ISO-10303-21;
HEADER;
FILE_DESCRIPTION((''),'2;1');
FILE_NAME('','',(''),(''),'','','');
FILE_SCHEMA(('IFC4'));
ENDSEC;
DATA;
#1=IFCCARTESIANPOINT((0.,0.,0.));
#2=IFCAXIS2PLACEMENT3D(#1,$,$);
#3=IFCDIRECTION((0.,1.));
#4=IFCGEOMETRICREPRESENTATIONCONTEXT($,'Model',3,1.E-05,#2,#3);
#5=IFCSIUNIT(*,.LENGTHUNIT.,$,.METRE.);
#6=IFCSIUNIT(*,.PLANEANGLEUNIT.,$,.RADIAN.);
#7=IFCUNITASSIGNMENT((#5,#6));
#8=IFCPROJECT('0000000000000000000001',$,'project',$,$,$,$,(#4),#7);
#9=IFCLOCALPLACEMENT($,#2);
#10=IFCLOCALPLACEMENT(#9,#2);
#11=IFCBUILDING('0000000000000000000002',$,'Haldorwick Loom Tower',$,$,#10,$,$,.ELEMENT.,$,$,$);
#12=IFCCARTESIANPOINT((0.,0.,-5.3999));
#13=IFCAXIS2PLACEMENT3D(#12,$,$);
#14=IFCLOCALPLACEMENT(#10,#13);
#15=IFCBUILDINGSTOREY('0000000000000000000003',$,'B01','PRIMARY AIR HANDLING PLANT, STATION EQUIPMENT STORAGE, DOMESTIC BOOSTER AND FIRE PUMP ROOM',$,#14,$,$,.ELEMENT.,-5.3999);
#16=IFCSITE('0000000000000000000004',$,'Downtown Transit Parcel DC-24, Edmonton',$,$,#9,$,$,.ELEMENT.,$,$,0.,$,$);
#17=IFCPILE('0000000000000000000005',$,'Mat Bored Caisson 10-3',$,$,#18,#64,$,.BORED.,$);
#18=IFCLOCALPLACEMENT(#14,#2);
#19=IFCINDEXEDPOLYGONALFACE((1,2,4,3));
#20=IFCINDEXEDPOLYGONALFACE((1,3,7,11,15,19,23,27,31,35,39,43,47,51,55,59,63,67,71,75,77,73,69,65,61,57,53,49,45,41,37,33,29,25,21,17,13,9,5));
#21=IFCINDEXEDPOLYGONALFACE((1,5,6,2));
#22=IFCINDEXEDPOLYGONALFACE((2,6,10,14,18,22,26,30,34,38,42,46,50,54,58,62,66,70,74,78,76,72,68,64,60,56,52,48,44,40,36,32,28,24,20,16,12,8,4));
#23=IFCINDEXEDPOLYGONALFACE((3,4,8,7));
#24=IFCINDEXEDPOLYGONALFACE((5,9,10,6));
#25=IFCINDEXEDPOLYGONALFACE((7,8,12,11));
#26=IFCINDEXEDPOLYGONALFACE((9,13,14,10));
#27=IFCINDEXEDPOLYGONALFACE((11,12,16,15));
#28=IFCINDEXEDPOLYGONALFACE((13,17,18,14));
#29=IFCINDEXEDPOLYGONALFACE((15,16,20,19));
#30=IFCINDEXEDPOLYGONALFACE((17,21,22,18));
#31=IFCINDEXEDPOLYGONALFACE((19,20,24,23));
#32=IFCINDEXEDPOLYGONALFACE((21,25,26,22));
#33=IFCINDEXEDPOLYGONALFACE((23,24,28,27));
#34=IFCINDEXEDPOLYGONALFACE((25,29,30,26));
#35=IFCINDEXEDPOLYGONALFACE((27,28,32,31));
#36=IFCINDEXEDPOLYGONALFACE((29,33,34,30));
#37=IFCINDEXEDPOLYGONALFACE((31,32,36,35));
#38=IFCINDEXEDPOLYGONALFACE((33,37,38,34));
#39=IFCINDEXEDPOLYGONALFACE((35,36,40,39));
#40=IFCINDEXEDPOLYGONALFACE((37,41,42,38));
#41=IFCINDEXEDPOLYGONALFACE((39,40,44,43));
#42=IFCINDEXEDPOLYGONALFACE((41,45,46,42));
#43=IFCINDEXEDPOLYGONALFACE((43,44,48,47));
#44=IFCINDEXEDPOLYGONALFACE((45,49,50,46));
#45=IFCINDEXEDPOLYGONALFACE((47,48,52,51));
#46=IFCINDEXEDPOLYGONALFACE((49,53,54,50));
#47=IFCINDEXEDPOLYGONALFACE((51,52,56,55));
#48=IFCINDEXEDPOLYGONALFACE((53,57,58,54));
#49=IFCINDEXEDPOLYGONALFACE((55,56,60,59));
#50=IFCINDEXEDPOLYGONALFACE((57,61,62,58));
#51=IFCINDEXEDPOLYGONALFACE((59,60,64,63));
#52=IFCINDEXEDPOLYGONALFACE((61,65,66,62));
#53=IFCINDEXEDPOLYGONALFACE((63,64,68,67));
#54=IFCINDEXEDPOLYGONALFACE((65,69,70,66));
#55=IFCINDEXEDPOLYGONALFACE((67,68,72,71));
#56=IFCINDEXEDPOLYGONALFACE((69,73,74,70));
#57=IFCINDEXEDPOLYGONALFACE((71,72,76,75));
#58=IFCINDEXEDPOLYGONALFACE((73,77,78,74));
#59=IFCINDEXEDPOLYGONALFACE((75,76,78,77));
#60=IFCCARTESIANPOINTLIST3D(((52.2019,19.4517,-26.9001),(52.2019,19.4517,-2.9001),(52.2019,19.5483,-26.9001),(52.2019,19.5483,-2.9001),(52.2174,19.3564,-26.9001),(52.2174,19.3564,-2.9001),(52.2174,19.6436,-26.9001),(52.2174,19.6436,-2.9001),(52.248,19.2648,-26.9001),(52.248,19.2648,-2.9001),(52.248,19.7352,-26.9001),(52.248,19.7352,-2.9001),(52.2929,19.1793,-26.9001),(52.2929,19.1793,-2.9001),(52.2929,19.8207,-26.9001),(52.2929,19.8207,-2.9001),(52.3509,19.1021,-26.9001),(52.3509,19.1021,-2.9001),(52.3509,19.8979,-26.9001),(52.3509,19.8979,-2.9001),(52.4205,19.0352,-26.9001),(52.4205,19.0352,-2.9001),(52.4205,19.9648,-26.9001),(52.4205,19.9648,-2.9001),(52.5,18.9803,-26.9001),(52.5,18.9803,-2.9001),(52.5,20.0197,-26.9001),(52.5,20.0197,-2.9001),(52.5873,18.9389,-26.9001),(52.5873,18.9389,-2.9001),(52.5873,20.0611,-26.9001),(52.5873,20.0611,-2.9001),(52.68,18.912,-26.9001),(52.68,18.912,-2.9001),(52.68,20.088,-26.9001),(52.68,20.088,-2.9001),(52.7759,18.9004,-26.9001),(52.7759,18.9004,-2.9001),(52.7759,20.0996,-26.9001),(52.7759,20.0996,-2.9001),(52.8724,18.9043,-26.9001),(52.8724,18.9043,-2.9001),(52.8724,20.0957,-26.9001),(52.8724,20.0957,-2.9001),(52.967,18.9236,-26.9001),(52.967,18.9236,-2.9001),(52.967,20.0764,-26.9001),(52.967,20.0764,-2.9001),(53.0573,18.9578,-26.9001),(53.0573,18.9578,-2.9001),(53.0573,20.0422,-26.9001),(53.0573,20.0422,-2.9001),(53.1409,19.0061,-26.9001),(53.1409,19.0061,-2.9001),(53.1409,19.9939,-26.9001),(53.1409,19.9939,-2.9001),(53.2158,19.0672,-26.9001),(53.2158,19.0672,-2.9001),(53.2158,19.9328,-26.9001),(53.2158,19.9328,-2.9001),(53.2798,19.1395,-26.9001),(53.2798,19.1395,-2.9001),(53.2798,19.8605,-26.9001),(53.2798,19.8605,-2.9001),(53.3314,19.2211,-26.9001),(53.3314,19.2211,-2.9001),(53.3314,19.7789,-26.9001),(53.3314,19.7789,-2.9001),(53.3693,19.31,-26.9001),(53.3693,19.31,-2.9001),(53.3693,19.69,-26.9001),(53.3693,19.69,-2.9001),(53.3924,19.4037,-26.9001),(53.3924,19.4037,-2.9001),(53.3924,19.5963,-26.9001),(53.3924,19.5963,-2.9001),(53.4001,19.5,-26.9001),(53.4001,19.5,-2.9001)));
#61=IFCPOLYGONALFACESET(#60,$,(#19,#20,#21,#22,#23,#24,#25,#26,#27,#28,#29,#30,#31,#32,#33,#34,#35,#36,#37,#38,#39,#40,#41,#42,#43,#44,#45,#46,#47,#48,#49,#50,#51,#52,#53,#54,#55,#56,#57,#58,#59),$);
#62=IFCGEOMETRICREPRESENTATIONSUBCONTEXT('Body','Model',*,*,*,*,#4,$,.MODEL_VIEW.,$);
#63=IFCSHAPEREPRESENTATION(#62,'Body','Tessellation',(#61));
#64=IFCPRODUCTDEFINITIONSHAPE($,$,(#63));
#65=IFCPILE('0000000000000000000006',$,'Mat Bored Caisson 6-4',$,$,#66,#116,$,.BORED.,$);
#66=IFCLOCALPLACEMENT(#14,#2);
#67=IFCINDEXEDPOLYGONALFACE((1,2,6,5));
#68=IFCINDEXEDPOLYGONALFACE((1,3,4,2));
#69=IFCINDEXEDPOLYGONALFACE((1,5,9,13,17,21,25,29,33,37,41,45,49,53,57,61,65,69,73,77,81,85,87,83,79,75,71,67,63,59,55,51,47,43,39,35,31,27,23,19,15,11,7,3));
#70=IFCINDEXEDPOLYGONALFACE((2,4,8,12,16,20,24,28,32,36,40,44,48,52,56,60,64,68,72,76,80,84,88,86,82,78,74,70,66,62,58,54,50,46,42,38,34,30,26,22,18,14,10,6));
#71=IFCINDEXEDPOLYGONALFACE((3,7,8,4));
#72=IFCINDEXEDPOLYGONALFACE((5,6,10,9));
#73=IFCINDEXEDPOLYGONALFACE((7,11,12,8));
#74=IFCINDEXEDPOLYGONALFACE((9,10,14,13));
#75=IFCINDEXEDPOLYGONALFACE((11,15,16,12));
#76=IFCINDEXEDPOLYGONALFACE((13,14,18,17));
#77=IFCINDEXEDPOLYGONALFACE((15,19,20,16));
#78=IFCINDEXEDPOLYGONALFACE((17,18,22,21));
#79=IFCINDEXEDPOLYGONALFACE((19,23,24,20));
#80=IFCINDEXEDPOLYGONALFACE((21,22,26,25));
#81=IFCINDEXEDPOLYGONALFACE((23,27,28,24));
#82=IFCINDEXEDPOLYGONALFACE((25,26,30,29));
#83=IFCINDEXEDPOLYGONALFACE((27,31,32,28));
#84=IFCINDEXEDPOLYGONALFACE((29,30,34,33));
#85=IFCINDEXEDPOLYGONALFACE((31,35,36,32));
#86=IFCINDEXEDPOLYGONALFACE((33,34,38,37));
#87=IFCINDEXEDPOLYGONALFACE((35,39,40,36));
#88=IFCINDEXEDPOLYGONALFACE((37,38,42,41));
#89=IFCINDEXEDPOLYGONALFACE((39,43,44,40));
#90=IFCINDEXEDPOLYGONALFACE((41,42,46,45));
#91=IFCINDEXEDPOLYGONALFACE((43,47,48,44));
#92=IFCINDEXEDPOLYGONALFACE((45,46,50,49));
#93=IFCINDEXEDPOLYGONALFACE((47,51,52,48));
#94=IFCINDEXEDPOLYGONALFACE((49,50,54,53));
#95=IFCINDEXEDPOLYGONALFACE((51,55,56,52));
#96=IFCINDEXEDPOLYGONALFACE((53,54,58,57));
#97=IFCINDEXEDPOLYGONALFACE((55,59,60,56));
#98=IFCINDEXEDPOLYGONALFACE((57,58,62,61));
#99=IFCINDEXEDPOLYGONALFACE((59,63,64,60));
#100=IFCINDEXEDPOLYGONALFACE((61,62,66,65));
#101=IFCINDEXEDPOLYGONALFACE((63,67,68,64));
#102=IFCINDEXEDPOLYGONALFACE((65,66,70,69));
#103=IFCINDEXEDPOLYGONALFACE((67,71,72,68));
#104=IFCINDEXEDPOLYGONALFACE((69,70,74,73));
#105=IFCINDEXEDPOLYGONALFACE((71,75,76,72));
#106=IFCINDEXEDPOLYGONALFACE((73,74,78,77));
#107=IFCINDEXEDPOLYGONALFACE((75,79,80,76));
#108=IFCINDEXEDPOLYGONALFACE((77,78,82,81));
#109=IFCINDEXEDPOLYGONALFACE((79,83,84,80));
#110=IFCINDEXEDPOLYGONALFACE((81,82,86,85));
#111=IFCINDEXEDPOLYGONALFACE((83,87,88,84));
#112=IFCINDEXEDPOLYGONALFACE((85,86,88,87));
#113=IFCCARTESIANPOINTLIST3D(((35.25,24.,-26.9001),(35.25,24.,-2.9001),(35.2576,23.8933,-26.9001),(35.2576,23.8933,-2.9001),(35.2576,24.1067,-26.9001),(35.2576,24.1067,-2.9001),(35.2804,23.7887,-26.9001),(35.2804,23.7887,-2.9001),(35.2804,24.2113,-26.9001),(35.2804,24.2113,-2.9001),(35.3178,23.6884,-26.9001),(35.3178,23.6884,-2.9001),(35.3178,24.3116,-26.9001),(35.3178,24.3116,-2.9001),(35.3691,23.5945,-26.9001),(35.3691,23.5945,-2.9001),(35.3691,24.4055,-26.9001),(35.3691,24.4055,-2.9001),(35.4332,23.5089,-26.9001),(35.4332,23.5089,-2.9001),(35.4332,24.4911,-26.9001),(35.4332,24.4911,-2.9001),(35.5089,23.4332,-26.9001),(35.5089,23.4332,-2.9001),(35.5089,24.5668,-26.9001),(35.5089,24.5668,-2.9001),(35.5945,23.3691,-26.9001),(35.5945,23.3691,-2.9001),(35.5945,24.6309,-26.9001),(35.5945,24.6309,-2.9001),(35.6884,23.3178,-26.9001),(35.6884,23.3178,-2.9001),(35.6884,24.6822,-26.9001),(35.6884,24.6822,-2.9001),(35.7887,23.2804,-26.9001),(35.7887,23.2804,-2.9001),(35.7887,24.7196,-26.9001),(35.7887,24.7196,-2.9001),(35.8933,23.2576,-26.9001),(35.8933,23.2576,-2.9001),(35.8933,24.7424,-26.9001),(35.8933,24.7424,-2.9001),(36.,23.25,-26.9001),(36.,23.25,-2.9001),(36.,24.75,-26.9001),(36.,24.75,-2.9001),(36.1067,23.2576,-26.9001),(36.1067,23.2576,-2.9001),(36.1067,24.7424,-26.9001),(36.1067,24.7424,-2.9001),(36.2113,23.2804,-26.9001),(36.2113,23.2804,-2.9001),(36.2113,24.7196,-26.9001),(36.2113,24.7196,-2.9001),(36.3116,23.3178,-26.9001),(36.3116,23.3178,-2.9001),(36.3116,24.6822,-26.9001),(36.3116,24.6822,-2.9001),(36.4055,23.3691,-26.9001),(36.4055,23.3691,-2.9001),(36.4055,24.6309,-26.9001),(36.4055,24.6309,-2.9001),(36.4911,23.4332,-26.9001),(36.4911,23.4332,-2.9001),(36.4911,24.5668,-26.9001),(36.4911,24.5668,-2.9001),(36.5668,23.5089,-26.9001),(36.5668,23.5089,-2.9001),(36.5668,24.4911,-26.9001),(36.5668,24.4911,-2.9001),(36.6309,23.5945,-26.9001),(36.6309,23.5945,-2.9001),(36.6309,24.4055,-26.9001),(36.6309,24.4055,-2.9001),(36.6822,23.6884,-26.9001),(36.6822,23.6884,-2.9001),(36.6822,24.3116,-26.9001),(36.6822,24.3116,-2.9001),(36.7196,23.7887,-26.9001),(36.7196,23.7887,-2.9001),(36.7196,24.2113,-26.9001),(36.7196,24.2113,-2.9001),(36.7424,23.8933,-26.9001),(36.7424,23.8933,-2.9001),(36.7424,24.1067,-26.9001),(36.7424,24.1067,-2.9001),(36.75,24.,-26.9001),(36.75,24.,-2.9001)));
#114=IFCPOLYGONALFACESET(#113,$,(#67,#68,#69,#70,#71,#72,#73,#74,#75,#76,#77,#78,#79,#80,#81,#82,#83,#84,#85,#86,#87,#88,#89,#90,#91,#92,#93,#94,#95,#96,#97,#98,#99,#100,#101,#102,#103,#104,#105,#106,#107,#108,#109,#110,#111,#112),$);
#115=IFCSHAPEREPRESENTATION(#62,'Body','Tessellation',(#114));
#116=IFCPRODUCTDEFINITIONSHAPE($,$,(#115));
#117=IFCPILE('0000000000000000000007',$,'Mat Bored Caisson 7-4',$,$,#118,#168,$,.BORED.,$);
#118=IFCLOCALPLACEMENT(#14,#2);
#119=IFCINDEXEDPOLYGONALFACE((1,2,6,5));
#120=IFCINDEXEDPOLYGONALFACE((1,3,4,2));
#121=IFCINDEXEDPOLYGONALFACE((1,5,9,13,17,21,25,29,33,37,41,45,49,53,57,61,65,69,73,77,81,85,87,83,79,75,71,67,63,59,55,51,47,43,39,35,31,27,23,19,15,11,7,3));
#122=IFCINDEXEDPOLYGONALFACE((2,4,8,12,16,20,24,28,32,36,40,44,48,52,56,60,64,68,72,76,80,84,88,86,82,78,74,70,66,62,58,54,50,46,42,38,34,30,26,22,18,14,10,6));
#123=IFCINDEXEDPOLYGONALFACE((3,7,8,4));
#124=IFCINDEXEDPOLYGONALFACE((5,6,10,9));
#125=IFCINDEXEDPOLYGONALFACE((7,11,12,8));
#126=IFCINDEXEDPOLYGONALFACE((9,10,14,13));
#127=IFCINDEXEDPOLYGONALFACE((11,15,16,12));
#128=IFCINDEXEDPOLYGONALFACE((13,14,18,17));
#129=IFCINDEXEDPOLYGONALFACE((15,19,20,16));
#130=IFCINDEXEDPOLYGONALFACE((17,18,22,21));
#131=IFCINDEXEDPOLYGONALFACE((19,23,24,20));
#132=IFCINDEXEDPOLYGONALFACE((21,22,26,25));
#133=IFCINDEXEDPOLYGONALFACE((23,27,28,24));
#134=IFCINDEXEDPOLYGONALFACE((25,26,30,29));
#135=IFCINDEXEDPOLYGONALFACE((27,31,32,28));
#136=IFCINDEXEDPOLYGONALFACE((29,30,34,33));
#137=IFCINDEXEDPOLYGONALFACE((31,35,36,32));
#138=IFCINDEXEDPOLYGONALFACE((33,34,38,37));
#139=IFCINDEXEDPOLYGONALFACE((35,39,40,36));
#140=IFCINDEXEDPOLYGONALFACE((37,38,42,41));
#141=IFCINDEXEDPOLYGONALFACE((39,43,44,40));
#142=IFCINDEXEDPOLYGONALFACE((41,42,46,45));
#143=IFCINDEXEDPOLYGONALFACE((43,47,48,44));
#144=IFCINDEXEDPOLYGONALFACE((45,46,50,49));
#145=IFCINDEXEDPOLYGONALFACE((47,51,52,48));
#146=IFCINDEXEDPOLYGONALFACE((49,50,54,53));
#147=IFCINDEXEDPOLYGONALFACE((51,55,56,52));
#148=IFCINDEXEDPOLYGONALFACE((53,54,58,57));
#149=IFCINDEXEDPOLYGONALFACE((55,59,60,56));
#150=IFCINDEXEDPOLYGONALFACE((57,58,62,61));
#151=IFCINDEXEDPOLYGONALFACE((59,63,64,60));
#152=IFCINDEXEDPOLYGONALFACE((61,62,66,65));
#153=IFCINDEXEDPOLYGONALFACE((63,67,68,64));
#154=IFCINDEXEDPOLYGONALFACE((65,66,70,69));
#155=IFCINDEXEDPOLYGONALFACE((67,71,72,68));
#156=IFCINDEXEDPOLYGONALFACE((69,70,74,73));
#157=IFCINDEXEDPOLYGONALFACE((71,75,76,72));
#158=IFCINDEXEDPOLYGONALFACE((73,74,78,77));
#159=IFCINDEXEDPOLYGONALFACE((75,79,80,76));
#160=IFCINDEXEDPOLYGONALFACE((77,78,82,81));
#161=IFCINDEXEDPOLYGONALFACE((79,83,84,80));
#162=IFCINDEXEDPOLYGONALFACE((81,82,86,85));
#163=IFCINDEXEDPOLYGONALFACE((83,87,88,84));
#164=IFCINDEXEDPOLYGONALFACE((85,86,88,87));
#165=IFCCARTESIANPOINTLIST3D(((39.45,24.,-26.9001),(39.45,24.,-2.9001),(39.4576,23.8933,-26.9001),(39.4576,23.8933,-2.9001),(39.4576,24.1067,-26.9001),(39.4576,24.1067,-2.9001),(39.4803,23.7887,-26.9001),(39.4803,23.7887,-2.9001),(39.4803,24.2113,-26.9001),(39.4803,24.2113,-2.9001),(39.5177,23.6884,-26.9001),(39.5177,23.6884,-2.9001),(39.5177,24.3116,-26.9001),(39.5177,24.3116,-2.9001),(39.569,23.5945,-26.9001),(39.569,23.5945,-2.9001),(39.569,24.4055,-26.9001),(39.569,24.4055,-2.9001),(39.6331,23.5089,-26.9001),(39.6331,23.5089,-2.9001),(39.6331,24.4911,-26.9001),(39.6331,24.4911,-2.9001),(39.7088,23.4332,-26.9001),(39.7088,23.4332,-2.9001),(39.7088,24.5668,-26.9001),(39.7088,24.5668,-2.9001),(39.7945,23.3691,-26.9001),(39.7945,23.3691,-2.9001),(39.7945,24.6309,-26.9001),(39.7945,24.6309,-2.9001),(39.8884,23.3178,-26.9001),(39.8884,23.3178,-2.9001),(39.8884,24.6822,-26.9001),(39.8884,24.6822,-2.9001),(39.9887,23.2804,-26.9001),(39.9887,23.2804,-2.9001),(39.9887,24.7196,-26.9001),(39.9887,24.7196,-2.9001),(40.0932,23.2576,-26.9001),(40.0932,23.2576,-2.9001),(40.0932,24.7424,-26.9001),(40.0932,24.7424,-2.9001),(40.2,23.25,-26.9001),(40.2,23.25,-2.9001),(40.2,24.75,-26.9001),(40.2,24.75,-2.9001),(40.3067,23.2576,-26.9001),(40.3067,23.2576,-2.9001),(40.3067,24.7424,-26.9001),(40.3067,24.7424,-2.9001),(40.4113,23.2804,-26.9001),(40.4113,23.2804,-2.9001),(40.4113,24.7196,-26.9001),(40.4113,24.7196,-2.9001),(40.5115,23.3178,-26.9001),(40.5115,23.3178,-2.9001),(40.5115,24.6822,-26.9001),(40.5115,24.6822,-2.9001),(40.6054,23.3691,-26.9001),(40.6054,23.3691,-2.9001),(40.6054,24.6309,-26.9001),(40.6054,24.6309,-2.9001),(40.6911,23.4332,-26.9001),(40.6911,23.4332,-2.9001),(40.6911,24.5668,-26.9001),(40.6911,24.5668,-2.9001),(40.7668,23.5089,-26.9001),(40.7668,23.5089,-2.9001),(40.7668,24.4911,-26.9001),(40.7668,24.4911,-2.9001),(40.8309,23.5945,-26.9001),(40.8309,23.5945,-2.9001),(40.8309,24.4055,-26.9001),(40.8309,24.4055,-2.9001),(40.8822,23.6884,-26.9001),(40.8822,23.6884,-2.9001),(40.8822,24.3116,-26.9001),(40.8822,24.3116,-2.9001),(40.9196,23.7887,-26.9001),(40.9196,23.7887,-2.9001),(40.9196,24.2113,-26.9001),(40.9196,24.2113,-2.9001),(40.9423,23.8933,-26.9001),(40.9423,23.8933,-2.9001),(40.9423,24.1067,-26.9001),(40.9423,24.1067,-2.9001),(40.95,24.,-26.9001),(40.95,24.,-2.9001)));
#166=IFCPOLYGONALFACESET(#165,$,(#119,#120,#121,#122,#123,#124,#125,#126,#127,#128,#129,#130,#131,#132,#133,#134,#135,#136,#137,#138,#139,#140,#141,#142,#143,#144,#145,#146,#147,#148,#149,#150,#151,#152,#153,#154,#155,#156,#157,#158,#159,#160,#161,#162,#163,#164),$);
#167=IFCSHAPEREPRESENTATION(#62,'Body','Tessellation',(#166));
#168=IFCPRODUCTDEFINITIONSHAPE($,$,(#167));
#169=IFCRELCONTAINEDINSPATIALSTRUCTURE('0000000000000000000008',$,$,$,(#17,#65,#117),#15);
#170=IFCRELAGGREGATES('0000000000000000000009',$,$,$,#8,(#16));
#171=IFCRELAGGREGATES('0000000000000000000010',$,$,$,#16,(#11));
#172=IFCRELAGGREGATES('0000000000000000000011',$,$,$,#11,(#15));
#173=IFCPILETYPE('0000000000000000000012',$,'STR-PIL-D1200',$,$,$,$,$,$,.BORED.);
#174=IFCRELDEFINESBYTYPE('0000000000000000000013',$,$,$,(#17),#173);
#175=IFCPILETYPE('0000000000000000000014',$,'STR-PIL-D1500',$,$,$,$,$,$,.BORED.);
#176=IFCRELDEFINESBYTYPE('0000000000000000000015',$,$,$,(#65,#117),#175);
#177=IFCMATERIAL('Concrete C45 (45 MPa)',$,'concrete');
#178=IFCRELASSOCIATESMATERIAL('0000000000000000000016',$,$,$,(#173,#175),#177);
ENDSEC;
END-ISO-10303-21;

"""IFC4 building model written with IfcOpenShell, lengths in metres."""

from ifc_helpers import new_model, si_unit, direction, frame, origin, origin_2d, place, context, subcontext, project, spatial, circle, extrude, material, material_profile, profile_set, type_object, element, save


model = new_model("IFC4")

# Units and contexts
model_context = context("Model", 3, precision=1e-05, world=origin(), true_north=direction((0.0, 1.0)))
body_context = subcontext(model_context, "Body", "Model", "MODEL_VIEW")
ifc_project = project(units=[si_unit("LENGTHUNIT", "METRE"), si_unit("PLANEANGLEUNIT", "RADIAN")], contexts=[model_context])

# Site, building, storey
site_placement = place(None, origin())
site = spatial("IfcSite", under=ifc_project, at=site_placement, Name="Downtown Transit Parcel DC-24, Edmonton", CompositionType="ELEMENT", RefElevation=0.0)
building_placement = place(site_placement, origin())
building = spatial("IfcBuilding", under=site, at=building_placement, Name="Haldorwick Loom Tower", CompositionType="ELEMENT")
storey_placement = place(building_placement, frame((0.0, 0.0, -5.3999)))
storey = spatial("IfcBuildingStorey", under=building, at=storey_placement, Name="B01", Description="PRIMARY AIR HANDLING PLANT, STATION EQUIPMENT STORAGE, DOMESTIC BOOSTER AND FIRE PUMP ROOM", CompositionType="ELEMENT", Elevation=-5.3999)

# Piles
ifc_material_1 = material(Name="Concrete C45 (45 MPa)", Category="concrete")
ifc_material_profile_1 = material_profile(ifc_material_1, circle(Radius=0.6001, at=origin_2d()), Name="CAISSON_D1200", Category="concrete")
ifc_profile_set_1 = profile_set([ifc_material_profile_1], Name="Concrete C45 (45 MPa)")
pile_type_1 = type_object("IfcPileType", Name="STR-PIL-D1200", PredefinedType="BORED", material=ifc_profile_set_1)
for number, where, z_axis, x_axis, name in (
    (1, (52.8, 19.5, -2.9001), (0.0, 0.0, -1.0), (1.0, 0.0, 0.0), "Mat Bored Caisson 10-3"),
):
    element("IfcPile", number, at=place(storey_placement, frame(where, z_axis=z_axis, x_axis=x_axis)), inside=storey, type_object=pile_type_1, Name=name, PredefinedType="BORED", context=body_context, shape_type="SweptSolid", body=[
        extrude(circle(Radius=0.6001, at=origin_2d()), origin(), (0.0, 0.0, 1.0), 24.0),
    ])
ifc_material_profile_2 = material_profile(ifc_material_1, circle(Radius=0.75, at=origin_2d()), Name="CAISSON_D1500", Category="concrete")
ifc_profile_set_2 = profile_set([ifc_material_profile_2], Name="Concrete C45 (45 MPa)")
pile_type_2 = type_object("IfcPileType", Name="STR-PIL-D1500", PredefinedType="BORED", material=ifc_profile_set_2)
for number, where, z_axis, x_axis, name in (
    (2, (36.0, 24.0, -2.9001), (0.0, 0.0, -1.0), (1.0, 0.0, 0.0), "Mat Bored Caisson 6-4"),
    (3, (40.2, 24.0, -2.9001), (0.0, 0.0, -1.0), (1.0, 0.0, 0.0), "Mat Bored Caisson 7-4"),
):
    element("IfcPile", number, at=place(storey_placement, frame(where, z_axis=z_axis, x_axis=x_axis)), inside=storey, type_object=pile_type_2, Name=name, PredefinedType="BORED", context=body_context, shape_type="SweptSolid", body=[
        extrude(circle(Radius=0.75, at=origin_2d()), origin(), (0.0, 0.0, 1.0), 24.0),
    ])

save(model, "model.ifc")
